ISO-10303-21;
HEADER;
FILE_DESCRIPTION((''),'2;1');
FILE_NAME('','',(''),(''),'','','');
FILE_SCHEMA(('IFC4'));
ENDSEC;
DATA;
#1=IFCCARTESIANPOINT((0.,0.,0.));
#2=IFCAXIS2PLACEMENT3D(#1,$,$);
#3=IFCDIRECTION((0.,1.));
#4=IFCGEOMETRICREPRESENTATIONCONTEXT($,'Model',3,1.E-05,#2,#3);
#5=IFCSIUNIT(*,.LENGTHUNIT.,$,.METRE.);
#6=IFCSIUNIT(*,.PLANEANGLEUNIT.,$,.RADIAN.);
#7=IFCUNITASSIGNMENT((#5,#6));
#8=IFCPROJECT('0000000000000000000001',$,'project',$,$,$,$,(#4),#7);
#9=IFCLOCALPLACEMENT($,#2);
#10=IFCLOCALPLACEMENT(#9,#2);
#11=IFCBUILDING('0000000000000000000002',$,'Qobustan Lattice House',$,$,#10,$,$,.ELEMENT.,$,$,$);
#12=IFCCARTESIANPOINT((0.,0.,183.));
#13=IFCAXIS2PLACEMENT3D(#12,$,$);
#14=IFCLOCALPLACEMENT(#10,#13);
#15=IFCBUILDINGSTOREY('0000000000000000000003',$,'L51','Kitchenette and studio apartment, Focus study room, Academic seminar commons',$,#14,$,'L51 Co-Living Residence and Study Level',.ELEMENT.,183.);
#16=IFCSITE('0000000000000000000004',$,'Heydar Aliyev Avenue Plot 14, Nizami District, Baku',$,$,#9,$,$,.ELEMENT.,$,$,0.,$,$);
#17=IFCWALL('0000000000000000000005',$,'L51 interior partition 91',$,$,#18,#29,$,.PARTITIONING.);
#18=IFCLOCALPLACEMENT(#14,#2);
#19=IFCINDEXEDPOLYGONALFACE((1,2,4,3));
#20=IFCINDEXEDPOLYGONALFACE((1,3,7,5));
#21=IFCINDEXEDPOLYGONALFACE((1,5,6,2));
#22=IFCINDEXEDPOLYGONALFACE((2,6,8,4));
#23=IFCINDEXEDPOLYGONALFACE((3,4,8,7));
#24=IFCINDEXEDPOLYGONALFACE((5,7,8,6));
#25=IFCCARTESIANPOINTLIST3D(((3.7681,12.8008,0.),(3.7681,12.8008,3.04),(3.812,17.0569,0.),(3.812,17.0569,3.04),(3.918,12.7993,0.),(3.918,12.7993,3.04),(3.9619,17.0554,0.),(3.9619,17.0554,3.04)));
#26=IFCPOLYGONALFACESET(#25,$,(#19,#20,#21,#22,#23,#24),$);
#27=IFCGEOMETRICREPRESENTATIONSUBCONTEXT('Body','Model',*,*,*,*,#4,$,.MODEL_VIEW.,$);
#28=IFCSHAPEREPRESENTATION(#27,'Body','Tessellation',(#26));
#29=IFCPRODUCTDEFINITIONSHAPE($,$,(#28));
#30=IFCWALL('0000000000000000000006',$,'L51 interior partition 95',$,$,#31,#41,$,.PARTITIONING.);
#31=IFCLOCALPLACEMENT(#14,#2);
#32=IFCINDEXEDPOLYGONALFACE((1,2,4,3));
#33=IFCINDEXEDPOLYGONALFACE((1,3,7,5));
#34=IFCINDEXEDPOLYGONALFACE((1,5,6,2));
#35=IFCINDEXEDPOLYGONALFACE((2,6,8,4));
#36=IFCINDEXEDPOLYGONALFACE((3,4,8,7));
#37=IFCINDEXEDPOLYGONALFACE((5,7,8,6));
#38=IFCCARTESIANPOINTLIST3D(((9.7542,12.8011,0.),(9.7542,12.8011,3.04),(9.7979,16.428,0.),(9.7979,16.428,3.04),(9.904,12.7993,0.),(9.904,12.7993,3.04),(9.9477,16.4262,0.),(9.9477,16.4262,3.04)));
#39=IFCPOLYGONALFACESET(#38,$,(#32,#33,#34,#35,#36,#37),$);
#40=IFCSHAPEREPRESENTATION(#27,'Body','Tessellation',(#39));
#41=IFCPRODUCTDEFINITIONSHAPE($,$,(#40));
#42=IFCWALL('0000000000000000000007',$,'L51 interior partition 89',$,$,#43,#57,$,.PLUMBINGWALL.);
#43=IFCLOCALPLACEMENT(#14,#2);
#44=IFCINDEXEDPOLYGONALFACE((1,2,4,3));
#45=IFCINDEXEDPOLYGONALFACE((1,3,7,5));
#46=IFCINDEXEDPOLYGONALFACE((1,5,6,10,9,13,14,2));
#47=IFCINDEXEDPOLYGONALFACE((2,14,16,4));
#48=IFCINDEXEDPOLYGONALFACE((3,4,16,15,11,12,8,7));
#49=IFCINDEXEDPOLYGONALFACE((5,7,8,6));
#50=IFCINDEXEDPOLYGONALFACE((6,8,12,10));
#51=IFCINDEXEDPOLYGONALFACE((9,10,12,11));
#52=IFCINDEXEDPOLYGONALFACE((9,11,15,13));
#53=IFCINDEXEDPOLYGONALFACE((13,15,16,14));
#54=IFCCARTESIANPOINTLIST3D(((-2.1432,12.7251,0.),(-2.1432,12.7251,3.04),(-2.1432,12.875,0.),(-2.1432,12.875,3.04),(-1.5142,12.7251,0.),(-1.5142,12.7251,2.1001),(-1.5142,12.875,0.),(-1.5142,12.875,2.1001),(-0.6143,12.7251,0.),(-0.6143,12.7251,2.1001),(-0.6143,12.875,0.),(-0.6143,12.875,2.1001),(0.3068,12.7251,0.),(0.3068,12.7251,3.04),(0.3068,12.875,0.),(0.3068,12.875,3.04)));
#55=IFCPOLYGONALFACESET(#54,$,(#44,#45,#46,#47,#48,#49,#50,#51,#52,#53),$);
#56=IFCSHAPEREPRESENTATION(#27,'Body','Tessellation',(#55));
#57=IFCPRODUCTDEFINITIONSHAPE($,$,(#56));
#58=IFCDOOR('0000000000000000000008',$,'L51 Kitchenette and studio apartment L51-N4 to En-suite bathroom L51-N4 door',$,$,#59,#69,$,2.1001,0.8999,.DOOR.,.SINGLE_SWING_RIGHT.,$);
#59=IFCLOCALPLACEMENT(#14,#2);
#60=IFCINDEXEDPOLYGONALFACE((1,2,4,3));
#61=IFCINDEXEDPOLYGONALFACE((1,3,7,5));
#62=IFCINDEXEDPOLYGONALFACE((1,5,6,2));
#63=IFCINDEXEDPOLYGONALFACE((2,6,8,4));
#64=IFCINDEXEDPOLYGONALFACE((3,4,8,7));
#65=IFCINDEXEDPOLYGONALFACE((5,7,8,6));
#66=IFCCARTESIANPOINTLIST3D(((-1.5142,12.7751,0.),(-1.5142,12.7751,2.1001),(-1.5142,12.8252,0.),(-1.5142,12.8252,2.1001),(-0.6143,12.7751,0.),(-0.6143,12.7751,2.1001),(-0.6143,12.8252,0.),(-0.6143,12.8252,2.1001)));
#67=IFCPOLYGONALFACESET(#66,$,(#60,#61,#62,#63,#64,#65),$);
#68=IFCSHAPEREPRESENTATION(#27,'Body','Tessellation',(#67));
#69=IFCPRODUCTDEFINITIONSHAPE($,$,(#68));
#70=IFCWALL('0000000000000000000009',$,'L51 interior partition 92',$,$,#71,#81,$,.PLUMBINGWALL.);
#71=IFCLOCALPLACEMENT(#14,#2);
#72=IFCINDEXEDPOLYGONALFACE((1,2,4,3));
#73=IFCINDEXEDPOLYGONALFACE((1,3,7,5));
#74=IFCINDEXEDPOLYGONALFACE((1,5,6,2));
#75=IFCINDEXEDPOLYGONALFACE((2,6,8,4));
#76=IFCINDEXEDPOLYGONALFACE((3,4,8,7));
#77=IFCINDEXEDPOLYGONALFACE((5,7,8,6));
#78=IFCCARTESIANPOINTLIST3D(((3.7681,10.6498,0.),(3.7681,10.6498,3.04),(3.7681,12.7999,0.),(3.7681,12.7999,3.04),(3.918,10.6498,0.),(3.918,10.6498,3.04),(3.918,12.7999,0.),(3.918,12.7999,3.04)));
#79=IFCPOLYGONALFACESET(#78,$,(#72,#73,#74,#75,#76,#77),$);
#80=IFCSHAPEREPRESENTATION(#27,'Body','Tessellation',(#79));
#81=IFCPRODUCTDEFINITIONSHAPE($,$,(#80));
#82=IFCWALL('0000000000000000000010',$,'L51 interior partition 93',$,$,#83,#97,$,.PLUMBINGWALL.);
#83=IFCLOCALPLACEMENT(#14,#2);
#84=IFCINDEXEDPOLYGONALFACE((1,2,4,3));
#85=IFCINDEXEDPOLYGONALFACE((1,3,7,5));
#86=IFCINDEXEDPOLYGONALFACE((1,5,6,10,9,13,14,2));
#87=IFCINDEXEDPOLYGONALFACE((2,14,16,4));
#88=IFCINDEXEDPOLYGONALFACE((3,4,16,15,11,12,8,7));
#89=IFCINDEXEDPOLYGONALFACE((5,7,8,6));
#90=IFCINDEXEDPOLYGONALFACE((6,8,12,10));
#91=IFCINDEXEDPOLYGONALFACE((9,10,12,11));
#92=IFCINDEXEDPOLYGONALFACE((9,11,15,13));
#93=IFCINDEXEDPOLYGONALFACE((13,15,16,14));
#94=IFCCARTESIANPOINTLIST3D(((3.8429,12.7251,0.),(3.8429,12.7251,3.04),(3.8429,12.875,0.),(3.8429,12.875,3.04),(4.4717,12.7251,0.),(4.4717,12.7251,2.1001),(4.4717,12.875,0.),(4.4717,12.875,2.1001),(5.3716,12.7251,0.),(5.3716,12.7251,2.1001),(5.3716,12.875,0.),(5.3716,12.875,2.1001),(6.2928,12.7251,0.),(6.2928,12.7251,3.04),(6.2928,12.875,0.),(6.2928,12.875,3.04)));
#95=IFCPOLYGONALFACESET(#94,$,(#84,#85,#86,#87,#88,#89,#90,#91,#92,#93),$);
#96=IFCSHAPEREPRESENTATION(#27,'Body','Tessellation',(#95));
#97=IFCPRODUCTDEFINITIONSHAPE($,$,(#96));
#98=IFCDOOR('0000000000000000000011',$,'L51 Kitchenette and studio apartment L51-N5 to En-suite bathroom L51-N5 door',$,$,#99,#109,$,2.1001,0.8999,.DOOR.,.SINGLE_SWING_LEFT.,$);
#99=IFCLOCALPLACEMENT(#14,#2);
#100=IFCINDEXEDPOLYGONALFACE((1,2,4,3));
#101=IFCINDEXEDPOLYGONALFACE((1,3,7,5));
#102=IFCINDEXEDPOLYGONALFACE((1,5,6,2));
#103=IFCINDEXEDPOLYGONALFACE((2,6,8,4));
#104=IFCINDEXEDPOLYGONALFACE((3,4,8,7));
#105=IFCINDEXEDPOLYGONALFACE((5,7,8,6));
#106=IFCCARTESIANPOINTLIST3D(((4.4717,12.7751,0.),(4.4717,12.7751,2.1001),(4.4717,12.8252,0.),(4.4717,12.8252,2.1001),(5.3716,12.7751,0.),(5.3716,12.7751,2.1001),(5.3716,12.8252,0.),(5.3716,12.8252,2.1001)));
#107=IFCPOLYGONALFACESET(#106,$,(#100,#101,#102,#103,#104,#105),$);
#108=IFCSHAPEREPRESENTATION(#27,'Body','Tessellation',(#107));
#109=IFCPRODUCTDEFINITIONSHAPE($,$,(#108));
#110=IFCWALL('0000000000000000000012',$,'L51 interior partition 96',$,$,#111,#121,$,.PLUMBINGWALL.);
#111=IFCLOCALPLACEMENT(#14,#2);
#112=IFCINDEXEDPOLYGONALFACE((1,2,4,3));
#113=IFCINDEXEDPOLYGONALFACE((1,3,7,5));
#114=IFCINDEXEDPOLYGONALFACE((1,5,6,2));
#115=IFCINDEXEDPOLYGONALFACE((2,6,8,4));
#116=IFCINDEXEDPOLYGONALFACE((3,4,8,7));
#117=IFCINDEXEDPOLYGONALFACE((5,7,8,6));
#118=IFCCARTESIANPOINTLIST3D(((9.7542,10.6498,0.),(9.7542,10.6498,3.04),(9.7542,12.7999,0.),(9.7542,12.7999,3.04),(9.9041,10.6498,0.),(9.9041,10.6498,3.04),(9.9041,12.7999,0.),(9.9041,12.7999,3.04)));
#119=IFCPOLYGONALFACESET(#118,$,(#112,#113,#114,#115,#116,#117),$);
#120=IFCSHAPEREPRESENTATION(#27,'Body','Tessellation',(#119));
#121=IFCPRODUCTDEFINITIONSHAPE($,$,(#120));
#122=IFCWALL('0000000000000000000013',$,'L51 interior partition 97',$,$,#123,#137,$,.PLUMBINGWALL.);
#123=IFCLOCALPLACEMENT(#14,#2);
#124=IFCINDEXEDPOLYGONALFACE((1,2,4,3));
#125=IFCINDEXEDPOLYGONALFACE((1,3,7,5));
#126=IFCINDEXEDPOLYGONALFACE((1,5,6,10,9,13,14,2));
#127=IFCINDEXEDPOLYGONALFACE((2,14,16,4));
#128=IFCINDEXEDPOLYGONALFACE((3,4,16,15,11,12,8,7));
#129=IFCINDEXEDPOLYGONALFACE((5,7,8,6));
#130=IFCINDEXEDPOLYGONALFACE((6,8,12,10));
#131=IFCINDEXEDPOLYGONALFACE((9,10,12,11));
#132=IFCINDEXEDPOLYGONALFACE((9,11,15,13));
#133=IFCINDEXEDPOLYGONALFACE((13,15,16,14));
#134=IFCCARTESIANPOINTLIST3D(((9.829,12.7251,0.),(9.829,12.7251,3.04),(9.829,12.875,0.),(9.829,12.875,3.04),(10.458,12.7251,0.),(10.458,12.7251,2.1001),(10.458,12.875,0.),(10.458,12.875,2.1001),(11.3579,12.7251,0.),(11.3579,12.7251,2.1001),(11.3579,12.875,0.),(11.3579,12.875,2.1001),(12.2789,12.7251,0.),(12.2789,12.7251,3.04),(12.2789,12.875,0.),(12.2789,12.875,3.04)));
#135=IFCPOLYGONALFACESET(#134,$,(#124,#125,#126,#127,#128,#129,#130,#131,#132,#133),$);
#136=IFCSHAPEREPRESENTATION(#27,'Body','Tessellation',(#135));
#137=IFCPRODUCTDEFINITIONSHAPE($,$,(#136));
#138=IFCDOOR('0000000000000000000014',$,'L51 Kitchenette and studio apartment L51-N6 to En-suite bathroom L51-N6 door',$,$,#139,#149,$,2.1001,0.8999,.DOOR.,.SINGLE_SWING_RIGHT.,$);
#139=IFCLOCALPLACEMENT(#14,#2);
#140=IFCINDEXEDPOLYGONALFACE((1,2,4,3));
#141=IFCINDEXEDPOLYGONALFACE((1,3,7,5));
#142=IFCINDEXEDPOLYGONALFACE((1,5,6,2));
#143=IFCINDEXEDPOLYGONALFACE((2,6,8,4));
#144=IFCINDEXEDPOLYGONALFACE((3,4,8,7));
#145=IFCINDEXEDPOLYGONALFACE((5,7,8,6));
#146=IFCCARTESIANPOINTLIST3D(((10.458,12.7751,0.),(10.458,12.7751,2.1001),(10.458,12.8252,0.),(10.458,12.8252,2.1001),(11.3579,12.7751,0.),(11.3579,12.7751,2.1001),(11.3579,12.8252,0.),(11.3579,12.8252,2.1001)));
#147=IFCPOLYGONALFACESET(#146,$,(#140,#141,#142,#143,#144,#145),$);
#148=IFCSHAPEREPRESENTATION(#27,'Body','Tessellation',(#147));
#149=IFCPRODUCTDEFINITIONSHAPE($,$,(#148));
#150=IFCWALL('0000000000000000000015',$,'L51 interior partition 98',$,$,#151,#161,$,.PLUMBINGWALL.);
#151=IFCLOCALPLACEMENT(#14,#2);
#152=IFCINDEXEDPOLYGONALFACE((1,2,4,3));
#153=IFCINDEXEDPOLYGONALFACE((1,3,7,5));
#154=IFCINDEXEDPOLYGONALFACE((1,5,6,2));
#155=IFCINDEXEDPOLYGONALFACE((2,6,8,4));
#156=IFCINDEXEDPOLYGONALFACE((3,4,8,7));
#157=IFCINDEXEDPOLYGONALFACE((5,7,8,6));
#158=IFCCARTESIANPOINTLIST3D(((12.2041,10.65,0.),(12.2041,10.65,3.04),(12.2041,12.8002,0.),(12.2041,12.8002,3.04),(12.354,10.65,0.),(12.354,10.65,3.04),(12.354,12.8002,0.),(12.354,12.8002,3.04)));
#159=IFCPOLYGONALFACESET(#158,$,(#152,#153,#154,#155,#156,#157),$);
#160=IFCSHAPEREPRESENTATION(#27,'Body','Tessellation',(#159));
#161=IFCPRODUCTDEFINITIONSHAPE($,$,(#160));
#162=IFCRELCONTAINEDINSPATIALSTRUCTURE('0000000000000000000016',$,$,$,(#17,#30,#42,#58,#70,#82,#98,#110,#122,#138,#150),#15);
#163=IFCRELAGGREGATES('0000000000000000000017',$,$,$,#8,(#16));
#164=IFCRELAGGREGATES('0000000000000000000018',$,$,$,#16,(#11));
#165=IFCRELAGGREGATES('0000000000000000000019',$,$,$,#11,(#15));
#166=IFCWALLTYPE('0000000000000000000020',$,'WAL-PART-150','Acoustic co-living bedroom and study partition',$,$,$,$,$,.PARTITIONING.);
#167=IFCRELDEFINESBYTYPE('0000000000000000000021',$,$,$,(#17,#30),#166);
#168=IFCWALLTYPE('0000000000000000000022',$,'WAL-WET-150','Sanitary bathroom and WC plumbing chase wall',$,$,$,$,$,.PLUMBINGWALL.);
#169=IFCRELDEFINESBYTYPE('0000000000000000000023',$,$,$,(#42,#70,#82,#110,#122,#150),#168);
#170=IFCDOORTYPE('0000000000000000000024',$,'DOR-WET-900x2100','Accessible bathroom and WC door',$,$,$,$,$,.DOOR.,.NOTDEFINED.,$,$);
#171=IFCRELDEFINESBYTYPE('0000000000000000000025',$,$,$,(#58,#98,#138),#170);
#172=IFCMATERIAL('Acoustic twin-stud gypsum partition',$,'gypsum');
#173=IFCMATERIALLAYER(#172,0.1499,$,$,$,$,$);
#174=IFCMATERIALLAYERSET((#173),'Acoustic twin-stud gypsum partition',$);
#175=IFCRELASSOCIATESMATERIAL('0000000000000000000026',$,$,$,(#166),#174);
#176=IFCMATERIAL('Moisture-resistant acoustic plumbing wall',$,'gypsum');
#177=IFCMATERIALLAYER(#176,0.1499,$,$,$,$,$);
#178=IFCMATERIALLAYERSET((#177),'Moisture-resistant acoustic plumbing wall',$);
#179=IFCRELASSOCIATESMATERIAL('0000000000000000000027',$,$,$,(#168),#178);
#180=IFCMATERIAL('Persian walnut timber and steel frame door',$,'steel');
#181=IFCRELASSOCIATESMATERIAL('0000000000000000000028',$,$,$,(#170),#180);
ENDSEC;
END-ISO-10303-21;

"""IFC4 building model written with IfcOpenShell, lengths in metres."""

from ifc_helpers import new_model, si_unit, direction, frame, frame_2d, origin, place, context, subcontext, project, spatial, rectangle, extrude, material, layer, layer_set, type_object, element, fill, save


model = new_model("IFC4")

# Units and contexts
model_context = context("Model", 3, precision=1e-05, world=origin(), true_north=direction((0.0, 1.0)))
body_context = subcontext(model_context, "Body", "Model", "MODEL_VIEW")
ifc_project = project(units=[si_unit("LENGTHUNIT", "METRE"), si_unit("PLANEANGLEUNIT", "RADIAN")], contexts=[model_context])

# Site, building, storey
site_placement = place(None, origin())
site = spatial("IfcSite", under=ifc_project, at=site_placement, Name="Heydar Aliyev Avenue Plot 14, Nizami District, Baku", CompositionType="ELEMENT", RefElevation=0.0)
building_placement = place(site_placement, origin())
building = spatial("IfcBuilding", under=site, at=building_placement, Name="Qobustan Lattice House", CompositionType="ELEMENT")
storey_placement = place(building_placement, frame((0.0, 0.0, 183.0)))
storey = spatial("IfcBuildingStorey", under=building, at=storey_placement, Name="L51", Description="Kitchenette and studio apartment, Focus study room, Academic seminar commons", LongName="L51 Co-Living Residence and Study Level", CompositionType="ELEMENT", Elevation=183.0)

# Walls
ifc_material_1 = material(Name="Acoustic twin-stud gypsum partition", Category="gypsum")
ifc_layer_1 = layer(ifc_material_1, 0.1499)
ifc_layer_set_1 = layer_set([ifc_layer_1], Name="Acoustic twin-stud gypsum partition")
wall_type_1 = type_object("IfcWallType", Name="WAL-PART-150", Description="Acoustic co-living bedroom and study partition", PredefinedType="PARTITIONING", material=ifc_layer_set_1)
wall_1_placement = place(storey_placement, frame((3.887, 17.0562, 0.0), z_axis=(0.0, 0.0, 1.0), x_axis=(-0.010325, -0.999947, 0.0)))
element("IfcWall", 1, at=wall_1_placement, inside=storey, type_object=wall_type_1, Name="L51 interior partition 91", PredefinedType="PARTITIONING", context=body_context, shape_type="SweptSolid", body=[
    extrude(rectangle(XDim=4.2563, YDim=0.1499, at=frame_2d((2.1282, 0.0))), origin(), (0.0, 0.0, 1.0), 3.04),
])
wall_2_placement = place(storey_placement, frame((9.8728, 16.427, 0.0), z_axis=(0.0, 0.0, 1.0), x_axis=(-0.012048, -0.999927, 0.0)))
element("IfcWall", 2, at=wall_2_placement, inside=storey, type_object=wall_type_1, Name="L51 interior partition 95", PredefinedType="PARTITIONING", context=body_context, shape_type="SweptSolid", body=[
    extrude(rectangle(XDim=3.6272, YDim=0.1499, at=frame_2d((1.8135, 0.0))), origin(), (0.0, 0.0, 1.0), 3.04),
])

# Wall, opening, door
ifc_material_2 = material(Name="Moisture-resistant acoustic plumbing wall", Category="gypsum")
ifc_layer_2 = layer(ifc_material_2, 0.1499)
ifc_layer_set_2 = layer_set([ifc_layer_2], Name="Moisture-resistant acoustic plumbing wall")
wall_type_2 = type_object("IfcWallType", Name="WAL-WET-150", Description="Sanitary bathroom and WC plumbing chase wall", PredefinedType="PLUMBINGWALL", material=ifc_layer_set_2)
wall_3_placement = place(storey_placement, frame((0.3069, 12.8, 0.0), z_axis=(0.0, 0.0, 1.0), x_axis=(-1.0, 0.0, 0.0)))
wall_3 = element("IfcWall", 3, at=wall_3_placement, inside=storey, type_object=wall_type_2, Name="L51 interior partition 89", PredefinedType="PLUMBINGWALL", context=body_context, shape_type="SweptSolid", body=[
    extrude(rectangle(XDim=2.45, YDim=0.1499, at=frame_2d((1.2251, 0.0))), origin(), (0.0, 0.0, 1.0), 3.04),
])
opening_1_placement = place(wall_3_placement, frame((0.9211, 0.0, 0.0)))
opening_1 = element("IfcOpeningElement", 4, at=opening_1_placement, cuts=wall_3, PredefinedType="OPENING", context=body_context, shape_type="SweptSolid", body=[
    extrude(rectangle(XDim=0.8999, YDim=2.1001, at=frame_2d((0.45, 1.05))), frame((0.0, 0.085, 0.0), z_axis=(0.0, -1.0, 0.0), x_axis=(1.0, 0.0, 0.0)), (0.0, 0.0, 1.0), 0.1699),
])
ifc_material_3 = material(Name="Persian walnut timber and steel frame door", Category="steel")
door_type = type_object("IfcDoorType", Name="DOR-WET-900x2100", Description="Accessible bathroom and WC door", OperationType="NOTDEFINED", PredefinedType="DOOR", material=ifc_material_3)
door_1_placement = place(opening_1_placement, origin())
door_1 = element("IfcDoor", 5, at=door_1_placement, inside=storey, type_object=door_type, Name="L51 Kitchenette and studio apartment L51-N4 to En-suite bathroom L51-N4 door", OperationType="SINGLE_SWING_RIGHT", OverallHeight=2.1001, OverallWidth=0.8999, PredefinedType="DOOR", context=body_context, shape_type="SweptSolid", body=[
    extrude(rectangle(XDim=0.8999, YDim=2.1001, at=frame_2d((0.45, 1.05))), frame((0.0, 0.0249, 0.0), z_axis=(0.0, -1.0, 0.0), x_axis=(1.0, 0.0, 0.0)), (0.0, 0.0, 1.0), 0.05),
])
fill(opening_1, door_1)

# Wall
wall_4_placement = place(storey_placement, frame((3.843, 12.8, 0.0), z_axis=(0.0, 0.0, 1.0), x_axis=(0.0, -1.0, 0.0)))
element("IfcWall", 6, at=wall_4_placement, inside=storey, type_object=wall_type_2, Name="L51 interior partition 92", PredefinedType="PLUMBINGWALL", context=body_context, shape_type="SweptSolid", body=[
    extrude(rectangle(XDim=2.1501, YDim=0.1499, at=frame_2d((1.0752, 0.0))), origin(), (0.0, 0.0, 1.0), 3.04),
])

# Wall, opening, door
wall_5_placement = place(storey_placement, frame((6.293, 12.8, 0.0), z_axis=(0.0, 0.0, 1.0), x_axis=(-1.0, 0.0, 0.0)))
wall_5 = element("IfcWall", 7, at=wall_5_placement, inside=storey, type_object=wall_type_2, Name="L51 interior partition 93", PredefinedType="PLUMBINGWALL", context=body_context, shape_type="SweptSolid", body=[
    extrude(rectangle(XDim=2.45, YDim=0.1499, at=frame_2d((1.2251, 0.0))), origin(), (0.0, 0.0, 1.0), 3.04),
])
opening_2_placement = place(wall_5_placement, frame((0.9214, 0.0, 0.0)))
opening_2 = element("IfcOpeningElement", 8, at=opening_2_placement, cuts=wall_5, PredefinedType="OPENING", context=body_context, shape_type="SweptSolid", body=[
    extrude(rectangle(XDim=0.8999, YDim=2.1001, at=frame_2d((0.45, 1.05))), frame((0.0, 0.085, 0.0), z_axis=(0.0, -1.0, 0.0), x_axis=(1.0, 0.0, 0.0)), (0.0, 0.0, 1.0), 0.1699),
])
door_2_placement = place(opening_2_placement, origin())
door_2 = element("IfcDoor", 9, at=door_2_placement, inside=storey, type_object=door_type, Name="L51 Kitchenette and studio apartment L51-N5 to En-suite bathroom L51-N5 door", OperationType="SINGLE_SWING_LEFT", OverallHeight=2.1001, OverallWidth=0.8999, PredefinedType="DOOR", context=body_context, shape_type="SweptSolid", body=[
    extrude(rectangle(XDim=0.8999, YDim=2.1001, at=frame_2d((0.45, 1.05))), frame((0.0, 0.0249, 0.0), z_axis=(0.0, -1.0, 0.0), x_axis=(1.0, 0.0, 0.0)), (0.0, 0.0, 1.0), 0.05),
])
fill(opening_2, door_2)

# Wall
wall_6_placement = place(storey_placement, frame((9.8291, 12.8, 0.0), z_axis=(0.0, 0.0, 1.0), x_axis=(0.0, -1.0, 0.0)))
element("IfcWall", 10, at=wall_6_placement, inside=storey, type_object=wall_type_2, Name="L51 interior partition 96", PredefinedType="PLUMBINGWALL", context=body_context, shape_type="SweptSolid", body=[
    extrude(rectangle(XDim=2.1501, YDim=0.1499, at=frame_2d((1.0752, 0.0))), origin(), (0.0, 0.0, 1.0), 3.04),
])

# Wall, opening, door
wall_7_placement = place(storey_placement, frame((12.2791, 12.8, 0.0), z_axis=(0.0, 0.0, 1.0), x_axis=(-1.0, 0.0, 0.0)))
wall_7 = element("IfcWall", 11, at=wall_7_placement, inside=storey, type_object=wall_type_2, Name="L51 interior partition 97", PredefinedType="PLUMBINGWALL", context=body_context, shape_type="SweptSolid", body=[
    extrude(rectangle(XDim=2.45, YDim=0.1499, at=frame_2d((1.2251, 0.0))), origin(), (0.0, 0.0, 1.0), 3.04),
])
opening_3_placement = place(wall_7_placement, frame((0.9211, 0.0, 0.0)))
opening_3 = element("IfcOpeningElement", 12, at=opening_3_placement, cuts=wall_7, PredefinedType="OPENING", context=body_context, shape_type="SweptSolid", body=[
    extrude(rectangle(XDim=0.8999, YDim=2.1001, at=frame_2d((0.45, 1.05))), frame((0.0, 0.085, 0.0), z_axis=(0.0, -1.0, 0.0), x_axis=(1.0, 0.0, 0.0)), (0.0, 0.0, 1.0), 0.1699),
])
door_3_placement = place(opening_3_placement, origin())
door_3 = element("IfcDoor", 13, at=door_3_placement, inside=storey, type_object=door_type, Name="L51 Kitchenette and studio apartment L51-N6 to En-suite bathroom L51-N6 door", OperationType="SINGLE_SWING_RIGHT", OverallHeight=2.1001, OverallWidth=0.8999, PredefinedType="DOOR", context=body_context, shape_type="SweptSolid", body=[
    extrude(rectangle(XDim=0.8999, YDim=2.1001, at=frame_2d((0.45, 1.05))), frame((0.0, 0.0249, 0.0), z_axis=(0.0, -1.0, 0.0), x_axis=(1.0, 0.0, 0.0)), (0.0, 0.0, 1.0), 0.05),
])
fill(opening_3, door_3)

# Wall
wall_8_placement = place(storey_placement, frame((12.2791, 10.6499, 0.0), z_axis=(0.0, 0.0, 1.0), x_axis=(0.0, 1.0, 0.0)))
element("IfcWall", 14, at=wall_8_placement, inside=storey, type_object=wall_type_2, Name="L51 interior partition 98", PredefinedType="PLUMBINGWALL", context=body_context, shape_type="SweptSolid", body=[
    extrude(rectangle(XDim=2.1501, YDim=0.1499, at=frame_2d((1.0752, 0.0))), origin(), (0.0, 0.0, 1.0), 3.04),
])

save(model, "model.ifc")
